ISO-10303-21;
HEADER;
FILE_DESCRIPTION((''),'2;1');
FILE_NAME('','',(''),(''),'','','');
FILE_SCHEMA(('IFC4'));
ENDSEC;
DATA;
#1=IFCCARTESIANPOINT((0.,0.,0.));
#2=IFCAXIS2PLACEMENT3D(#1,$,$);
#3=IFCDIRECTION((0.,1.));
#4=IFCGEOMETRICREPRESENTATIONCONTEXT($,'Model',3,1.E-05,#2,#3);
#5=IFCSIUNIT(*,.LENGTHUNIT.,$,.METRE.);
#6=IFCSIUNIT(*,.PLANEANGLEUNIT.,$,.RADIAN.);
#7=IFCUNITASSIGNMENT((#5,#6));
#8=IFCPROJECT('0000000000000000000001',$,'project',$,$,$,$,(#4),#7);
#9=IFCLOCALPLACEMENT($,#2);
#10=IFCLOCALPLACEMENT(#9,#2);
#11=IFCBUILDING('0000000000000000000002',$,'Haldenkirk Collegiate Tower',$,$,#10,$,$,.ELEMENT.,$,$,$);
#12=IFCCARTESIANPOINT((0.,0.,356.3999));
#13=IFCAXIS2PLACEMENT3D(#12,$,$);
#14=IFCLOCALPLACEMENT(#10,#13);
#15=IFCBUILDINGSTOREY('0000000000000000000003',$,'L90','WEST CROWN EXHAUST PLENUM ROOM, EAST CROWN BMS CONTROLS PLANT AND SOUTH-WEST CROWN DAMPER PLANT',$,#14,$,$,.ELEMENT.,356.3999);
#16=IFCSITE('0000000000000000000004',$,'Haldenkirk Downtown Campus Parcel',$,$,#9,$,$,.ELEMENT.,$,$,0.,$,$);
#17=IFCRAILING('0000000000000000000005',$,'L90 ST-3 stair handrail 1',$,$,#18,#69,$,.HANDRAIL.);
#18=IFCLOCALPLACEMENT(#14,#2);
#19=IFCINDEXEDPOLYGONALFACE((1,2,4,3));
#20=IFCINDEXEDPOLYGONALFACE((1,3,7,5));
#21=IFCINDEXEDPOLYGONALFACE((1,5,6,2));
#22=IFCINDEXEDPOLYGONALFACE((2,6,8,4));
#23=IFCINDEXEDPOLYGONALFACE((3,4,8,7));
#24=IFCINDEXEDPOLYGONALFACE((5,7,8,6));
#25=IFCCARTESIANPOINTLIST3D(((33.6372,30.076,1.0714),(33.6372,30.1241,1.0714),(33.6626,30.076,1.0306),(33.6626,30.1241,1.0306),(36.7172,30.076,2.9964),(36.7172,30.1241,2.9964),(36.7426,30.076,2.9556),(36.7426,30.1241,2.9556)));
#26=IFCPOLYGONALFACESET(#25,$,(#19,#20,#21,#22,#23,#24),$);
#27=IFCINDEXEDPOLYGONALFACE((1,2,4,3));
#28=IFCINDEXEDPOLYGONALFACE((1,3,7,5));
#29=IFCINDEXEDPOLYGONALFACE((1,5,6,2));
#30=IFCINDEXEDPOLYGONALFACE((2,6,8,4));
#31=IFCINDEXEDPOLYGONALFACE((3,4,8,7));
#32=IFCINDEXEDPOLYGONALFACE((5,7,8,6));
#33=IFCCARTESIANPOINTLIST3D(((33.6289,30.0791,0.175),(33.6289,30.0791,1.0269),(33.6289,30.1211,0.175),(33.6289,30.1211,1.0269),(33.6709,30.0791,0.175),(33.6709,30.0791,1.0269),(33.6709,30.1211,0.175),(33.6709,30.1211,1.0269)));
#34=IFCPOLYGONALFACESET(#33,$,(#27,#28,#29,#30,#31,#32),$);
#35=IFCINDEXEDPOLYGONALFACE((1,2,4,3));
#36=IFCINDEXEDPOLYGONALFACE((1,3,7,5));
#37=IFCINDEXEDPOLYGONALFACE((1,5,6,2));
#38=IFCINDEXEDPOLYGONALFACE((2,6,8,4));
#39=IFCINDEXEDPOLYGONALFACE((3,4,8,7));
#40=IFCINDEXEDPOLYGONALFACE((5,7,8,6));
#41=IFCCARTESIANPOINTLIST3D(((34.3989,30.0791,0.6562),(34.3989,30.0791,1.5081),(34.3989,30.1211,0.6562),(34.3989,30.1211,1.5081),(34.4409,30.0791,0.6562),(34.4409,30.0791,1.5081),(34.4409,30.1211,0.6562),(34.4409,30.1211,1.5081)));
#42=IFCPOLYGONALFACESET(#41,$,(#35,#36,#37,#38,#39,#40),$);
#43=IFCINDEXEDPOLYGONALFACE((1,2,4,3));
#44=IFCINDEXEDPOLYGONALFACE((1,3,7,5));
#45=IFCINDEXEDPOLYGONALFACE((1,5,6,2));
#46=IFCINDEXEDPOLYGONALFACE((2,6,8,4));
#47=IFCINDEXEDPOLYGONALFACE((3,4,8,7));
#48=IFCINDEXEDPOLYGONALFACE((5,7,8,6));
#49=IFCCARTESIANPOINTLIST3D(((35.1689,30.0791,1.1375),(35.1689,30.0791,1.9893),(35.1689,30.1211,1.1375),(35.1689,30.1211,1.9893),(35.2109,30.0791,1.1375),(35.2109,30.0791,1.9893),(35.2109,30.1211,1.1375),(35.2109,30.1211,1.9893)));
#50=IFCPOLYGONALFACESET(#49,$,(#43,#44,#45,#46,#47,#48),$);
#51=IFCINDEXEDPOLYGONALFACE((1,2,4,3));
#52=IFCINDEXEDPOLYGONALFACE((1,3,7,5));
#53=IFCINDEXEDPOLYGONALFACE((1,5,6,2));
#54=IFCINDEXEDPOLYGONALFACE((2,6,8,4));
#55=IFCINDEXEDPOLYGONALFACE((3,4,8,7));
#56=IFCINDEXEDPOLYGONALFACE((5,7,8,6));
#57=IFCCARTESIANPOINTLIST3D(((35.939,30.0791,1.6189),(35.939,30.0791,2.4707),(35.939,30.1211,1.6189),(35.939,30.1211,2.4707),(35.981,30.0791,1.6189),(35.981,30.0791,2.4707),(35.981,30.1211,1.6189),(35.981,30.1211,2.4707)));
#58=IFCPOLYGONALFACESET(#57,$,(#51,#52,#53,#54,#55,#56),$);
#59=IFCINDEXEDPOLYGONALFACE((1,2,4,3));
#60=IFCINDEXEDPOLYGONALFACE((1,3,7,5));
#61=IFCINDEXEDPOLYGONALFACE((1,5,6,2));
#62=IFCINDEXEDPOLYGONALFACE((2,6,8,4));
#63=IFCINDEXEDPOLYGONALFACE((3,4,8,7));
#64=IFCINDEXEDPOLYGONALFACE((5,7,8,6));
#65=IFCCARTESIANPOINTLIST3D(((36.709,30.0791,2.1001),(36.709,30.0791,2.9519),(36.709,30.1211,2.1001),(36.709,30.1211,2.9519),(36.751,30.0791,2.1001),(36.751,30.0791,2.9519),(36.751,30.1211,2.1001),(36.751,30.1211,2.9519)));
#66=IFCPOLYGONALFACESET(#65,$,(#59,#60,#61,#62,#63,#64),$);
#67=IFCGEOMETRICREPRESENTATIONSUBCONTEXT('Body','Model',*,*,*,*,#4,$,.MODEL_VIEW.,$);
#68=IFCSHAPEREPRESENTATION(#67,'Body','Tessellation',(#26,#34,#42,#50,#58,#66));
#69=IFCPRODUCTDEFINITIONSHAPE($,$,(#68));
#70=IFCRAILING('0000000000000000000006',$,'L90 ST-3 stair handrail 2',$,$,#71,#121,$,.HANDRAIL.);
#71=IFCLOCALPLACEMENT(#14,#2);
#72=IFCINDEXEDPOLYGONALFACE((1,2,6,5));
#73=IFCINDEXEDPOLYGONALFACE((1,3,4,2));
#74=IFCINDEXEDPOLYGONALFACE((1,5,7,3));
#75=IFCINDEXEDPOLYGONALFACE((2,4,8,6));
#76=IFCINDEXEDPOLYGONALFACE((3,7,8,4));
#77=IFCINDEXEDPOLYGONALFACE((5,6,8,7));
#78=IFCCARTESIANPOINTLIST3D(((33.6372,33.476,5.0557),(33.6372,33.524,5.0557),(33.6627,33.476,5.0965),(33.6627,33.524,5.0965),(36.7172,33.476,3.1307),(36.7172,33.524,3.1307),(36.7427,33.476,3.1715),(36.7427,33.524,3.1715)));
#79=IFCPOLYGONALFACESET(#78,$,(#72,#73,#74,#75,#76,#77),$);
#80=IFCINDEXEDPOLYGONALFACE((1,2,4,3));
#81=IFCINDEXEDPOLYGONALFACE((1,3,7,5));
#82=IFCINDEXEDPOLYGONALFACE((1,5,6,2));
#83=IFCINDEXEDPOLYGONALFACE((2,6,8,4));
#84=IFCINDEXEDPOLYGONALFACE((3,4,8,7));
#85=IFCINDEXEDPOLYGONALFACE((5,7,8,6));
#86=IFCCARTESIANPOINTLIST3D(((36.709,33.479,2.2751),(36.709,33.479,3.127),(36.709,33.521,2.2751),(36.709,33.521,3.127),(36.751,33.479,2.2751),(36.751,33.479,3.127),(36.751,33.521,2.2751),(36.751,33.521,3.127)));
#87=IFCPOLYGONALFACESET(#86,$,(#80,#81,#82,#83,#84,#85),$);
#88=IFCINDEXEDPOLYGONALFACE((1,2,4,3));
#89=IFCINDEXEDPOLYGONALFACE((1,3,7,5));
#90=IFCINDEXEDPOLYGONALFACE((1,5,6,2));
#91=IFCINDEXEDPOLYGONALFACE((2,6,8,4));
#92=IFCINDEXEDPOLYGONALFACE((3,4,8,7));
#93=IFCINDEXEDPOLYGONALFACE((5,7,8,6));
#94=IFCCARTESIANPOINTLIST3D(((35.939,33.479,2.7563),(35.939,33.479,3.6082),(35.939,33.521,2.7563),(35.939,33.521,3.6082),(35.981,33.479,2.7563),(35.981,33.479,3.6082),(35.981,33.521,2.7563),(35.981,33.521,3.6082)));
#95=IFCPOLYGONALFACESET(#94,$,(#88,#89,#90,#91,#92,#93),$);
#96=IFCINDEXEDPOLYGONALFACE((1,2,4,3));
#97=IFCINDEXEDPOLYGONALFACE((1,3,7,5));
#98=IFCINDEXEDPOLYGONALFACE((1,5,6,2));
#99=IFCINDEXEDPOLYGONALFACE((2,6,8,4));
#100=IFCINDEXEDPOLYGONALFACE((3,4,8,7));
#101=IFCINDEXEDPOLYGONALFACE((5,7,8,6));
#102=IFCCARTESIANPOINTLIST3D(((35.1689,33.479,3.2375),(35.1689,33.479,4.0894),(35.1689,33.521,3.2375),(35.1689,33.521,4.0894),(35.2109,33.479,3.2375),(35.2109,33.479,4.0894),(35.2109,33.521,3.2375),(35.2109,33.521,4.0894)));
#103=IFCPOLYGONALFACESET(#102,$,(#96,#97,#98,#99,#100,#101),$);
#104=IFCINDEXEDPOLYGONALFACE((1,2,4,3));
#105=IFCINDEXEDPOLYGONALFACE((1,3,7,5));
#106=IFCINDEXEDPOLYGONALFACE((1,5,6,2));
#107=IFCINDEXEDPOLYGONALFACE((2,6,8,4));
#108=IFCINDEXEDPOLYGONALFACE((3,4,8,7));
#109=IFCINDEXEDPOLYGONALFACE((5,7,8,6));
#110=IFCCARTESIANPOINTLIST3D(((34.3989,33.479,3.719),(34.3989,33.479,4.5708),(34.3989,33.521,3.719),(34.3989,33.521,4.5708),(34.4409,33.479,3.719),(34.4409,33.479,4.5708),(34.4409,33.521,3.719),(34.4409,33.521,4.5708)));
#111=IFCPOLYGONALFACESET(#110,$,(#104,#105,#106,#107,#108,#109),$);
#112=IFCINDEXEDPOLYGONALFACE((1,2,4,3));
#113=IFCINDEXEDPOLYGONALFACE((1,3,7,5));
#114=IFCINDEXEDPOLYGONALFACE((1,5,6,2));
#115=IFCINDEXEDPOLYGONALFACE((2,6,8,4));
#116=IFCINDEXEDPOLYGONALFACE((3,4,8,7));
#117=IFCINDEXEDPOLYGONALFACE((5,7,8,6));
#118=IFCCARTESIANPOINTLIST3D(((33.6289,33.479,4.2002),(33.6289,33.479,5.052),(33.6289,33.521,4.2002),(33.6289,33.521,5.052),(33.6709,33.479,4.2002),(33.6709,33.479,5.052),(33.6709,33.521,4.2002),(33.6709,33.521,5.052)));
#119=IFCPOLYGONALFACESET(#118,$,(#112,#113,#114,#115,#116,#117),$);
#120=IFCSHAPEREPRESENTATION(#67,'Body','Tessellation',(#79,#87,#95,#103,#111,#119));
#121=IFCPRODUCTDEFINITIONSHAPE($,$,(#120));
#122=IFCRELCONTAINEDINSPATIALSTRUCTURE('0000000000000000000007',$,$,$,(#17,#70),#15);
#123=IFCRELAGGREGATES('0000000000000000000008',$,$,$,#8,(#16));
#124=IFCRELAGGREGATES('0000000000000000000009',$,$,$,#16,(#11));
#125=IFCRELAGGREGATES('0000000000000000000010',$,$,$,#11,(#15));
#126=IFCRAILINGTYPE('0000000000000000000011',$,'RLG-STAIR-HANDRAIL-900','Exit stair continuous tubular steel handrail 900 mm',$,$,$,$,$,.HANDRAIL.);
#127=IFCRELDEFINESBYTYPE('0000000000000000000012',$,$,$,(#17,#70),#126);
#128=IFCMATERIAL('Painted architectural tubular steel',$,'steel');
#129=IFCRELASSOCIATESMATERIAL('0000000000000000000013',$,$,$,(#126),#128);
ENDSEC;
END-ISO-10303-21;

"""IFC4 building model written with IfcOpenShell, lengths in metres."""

from ifc_helpers import new_model, si_unit, direction, frame, origin, origin_2d, place, context, subcontext, project, spatial, rectangle, extrude, material, type_object, element, save


model = new_model("IFC4")

# Units and contexts
model_context = context("Model", 3, precision=1e-05, world=origin(), true_north=direction((0.0, 1.0)))
body_context = subcontext(model_context, "Body", "Model", "MODEL_VIEW")
ifc_project = project(units=[si_unit("LENGTHUNIT", "METRE"), si_unit("PLANEANGLEUNIT", "RADIAN")], contexts=[model_context])

# Site, building, storey
site_placement = place(None, origin())
site = spatial("IfcSite", under=ifc_project, at=site_placement, Name="Haldenkirk Downtown Campus Parcel", CompositionType="ELEMENT", RefElevation=0.0)
building_placement = place(site_placement, origin())
building = spatial("IfcBuilding", under=site, at=building_placement, Name="Haldenkirk Collegiate Tower", CompositionType="ELEMENT")
storey_placement = place(building_placement, frame((0.0, 0.0, 356.3999)))
storey = spatial("IfcBuildingStorey", under=building, at=storey_placement, Name="L90", Description="WEST CROWN EXHAUST PLENUM ROOM, EAST CROWN BMS CONTROLS PLANT AND SOUTH-WEST CROWN DAMPER PLANT", CompositionType="ELEMENT", Elevation=356.3999)

# Railings
ifc_material_1 = material(Name="Painted architectural tubular steel", Category="steel")
railing_type_1 = type_object("IfcRailingType", Name="RLG-STAIR-HANDRAIL-900", Description="Exit stair continuous tubular steel handrail 900 mm", PredefinedType="HANDRAIL", material=ifc_material_1)
railing_1_placement = place(storey_placement, frame((33.6499, 30.1001, 0.175)))
element("IfcRailing", 1, at=railing_1_placement, inside=storey, type_object=railing_type_1, Name="L90 ST-3 stair handrail 1", PredefinedType="HANDRAIL", context=body_context, shape_type="SweptSolid", body=[
    extrude(rectangle(XDim=0.0481, YDim=0.0481, at=origin_2d()), frame((0.0, 0.0, 0.876), z_axis=(0.847998, 0.0, 0.529999), x_axis=(0.0, 1.0, 0.0)), (0.0, 0.0, 1.0), 3.6321),
    extrude(rectangle(XDim=0.042, YDim=0.042, at=origin_2d()), origin(), (0.0, 0.0, 1.0), 0.8518),
    extrude(rectangle(XDim=0.042, YDim=0.042, at=origin_2d()), frame((0.77, 0.0, 0.4812)), (0.0, 0.0, 1.0), 0.8518),
    extrude(rectangle(XDim=0.042, YDim=0.042, at=origin_2d()), frame((1.54, 0.0, 0.9624)), (0.0, 0.0, 1.0), 0.8518),
    extrude(rectangle(XDim=0.042, YDim=0.042, at=origin_2d()), frame((2.3101, 0.0, 1.4438)), (0.0, 0.0, 1.0), 0.8518),
    extrude(rectangle(XDim=0.042, YDim=0.042, at=origin_2d()), frame((3.0801, 0.0, 1.925)), (0.0, 0.0, 1.0), 0.8518),
])
railing_2_placement = place(storey_placement, frame((36.73, 33.5, 2.2751)))
element("IfcRailing", 2, at=railing_2_placement, inside=storey, type_object=railing_type_1, Name="L90 ST-3 stair handrail 2", PredefinedType="HANDRAIL", context=body_context, shape_type="SweptSolid", body=[
    extrude(rectangle(XDim=0.0481, YDim=0.0481, at=origin_2d()), frame((0.0, 0.0, 0.876), z_axis=(-0.847998, 0.0, 0.529999), x_axis=(0.0, -1.0, 0.0)), (0.0, 0.0, 1.0), 3.6321),
    extrude(rectangle(XDim=0.042, YDim=0.042, at=origin_2d()), origin(), (0.0, 0.0, 1.0), 0.8518),
    extrude(rectangle(XDim=0.042, YDim=0.042, at=origin_2d()), frame((-0.77, 0.0, 0.4812)), (0.0, 0.0, 1.0), 0.8518),
    extrude(rectangle(XDim=0.042, YDim=0.042, at=origin_2d()), frame((-1.54, 0.0, 0.9624)), (0.0, 0.0, 1.0), 0.8518),
    extrude(rectangle(XDim=0.042, YDim=0.042, at=origin_2d()), frame((-2.3101, 0.0, 1.4438)), (0.0, 0.0, 1.0), 0.8518),
    extrude(rectangle(XDim=0.042, YDim=0.042, at=origin_2d()), frame((-3.0801, 0.0, 1.925)), (0.0, 0.0, 1.0), 0.8518),
])

save(model, "model.ifc")
